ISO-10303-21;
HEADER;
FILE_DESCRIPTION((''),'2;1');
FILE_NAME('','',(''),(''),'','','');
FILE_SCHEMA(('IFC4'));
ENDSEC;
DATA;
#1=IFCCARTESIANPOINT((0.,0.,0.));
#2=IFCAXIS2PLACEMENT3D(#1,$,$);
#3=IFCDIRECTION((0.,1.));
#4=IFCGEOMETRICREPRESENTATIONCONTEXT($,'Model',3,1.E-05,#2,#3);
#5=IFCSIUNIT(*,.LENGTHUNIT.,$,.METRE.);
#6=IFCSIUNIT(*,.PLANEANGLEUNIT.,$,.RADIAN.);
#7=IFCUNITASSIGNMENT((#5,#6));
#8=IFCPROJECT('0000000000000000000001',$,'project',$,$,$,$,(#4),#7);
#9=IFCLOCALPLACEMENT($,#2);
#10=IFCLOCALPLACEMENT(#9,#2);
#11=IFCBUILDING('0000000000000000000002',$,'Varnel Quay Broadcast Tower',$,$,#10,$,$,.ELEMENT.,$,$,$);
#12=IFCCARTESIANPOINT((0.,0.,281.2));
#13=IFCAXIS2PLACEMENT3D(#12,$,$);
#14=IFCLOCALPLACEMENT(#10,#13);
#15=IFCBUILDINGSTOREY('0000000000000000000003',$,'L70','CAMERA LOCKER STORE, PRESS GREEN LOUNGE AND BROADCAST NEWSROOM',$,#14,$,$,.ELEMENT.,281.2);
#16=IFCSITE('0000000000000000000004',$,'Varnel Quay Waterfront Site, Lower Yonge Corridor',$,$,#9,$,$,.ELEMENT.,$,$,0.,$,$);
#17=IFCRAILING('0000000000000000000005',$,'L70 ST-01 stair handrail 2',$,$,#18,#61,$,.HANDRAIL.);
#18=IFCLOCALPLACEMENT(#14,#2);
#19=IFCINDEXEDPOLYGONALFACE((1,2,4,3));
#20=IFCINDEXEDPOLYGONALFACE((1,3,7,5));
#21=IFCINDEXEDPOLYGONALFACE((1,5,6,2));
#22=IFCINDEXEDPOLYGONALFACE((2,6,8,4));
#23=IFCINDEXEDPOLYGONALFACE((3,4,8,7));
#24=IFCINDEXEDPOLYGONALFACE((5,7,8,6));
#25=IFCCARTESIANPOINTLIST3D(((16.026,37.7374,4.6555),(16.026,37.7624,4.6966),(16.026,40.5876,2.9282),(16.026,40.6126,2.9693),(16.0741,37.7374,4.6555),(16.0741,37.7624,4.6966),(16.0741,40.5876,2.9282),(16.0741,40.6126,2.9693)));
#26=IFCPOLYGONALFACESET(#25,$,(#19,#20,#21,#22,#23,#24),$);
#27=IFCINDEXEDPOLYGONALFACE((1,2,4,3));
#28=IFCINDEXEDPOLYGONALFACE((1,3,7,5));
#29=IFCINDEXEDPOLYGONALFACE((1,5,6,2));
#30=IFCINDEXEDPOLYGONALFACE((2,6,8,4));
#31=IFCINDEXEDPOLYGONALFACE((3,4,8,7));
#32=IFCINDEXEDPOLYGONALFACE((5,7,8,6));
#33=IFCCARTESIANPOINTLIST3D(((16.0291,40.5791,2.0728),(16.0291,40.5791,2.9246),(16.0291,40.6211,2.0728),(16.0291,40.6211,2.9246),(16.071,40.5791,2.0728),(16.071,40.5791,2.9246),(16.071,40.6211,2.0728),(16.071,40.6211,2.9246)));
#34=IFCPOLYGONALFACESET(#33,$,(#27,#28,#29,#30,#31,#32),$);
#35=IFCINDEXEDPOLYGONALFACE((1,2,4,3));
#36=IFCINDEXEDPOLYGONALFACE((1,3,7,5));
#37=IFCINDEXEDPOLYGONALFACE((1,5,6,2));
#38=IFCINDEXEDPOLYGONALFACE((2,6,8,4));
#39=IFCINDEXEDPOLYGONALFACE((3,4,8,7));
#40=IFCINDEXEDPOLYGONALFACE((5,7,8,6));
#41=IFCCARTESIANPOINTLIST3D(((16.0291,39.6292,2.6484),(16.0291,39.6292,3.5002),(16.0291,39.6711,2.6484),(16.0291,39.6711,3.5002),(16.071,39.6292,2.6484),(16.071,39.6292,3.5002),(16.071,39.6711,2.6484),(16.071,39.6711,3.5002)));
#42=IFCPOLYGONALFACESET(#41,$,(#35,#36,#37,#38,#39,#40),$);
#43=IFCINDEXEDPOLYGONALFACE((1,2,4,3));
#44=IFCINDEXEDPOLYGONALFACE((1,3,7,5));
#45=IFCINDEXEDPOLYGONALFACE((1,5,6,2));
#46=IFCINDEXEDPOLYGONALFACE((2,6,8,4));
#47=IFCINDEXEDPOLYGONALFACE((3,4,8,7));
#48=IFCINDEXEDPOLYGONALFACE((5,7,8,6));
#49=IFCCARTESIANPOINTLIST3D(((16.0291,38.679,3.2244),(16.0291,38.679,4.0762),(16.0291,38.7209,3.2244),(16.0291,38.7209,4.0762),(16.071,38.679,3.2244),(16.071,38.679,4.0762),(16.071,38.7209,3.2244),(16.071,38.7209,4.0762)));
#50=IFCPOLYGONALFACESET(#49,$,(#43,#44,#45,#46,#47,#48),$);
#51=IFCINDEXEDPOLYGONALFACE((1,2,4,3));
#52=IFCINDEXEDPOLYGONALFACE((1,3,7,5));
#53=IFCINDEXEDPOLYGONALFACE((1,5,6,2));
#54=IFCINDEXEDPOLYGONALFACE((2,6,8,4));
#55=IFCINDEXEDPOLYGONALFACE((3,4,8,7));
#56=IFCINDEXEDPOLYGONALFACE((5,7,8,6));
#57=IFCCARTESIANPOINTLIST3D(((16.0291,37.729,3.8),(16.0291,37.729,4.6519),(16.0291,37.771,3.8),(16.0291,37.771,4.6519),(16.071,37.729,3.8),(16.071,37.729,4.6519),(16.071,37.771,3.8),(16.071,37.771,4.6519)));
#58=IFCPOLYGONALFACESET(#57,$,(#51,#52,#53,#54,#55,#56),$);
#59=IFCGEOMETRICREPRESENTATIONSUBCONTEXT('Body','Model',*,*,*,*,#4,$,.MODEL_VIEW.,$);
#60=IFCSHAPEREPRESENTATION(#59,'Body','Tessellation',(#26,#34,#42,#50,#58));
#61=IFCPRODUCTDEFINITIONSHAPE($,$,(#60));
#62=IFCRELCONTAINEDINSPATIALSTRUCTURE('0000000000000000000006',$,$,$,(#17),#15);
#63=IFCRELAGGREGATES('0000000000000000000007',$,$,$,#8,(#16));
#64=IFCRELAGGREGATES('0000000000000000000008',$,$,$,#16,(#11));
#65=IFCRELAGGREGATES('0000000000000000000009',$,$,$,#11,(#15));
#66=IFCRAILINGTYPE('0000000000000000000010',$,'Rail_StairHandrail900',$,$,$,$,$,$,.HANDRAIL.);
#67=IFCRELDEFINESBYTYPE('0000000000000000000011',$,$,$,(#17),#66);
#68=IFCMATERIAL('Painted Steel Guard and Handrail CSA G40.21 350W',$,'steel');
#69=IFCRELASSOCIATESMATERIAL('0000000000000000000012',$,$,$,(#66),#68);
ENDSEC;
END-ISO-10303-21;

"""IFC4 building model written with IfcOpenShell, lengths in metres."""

from ifc_helpers import new_model, si_unit, direction, frame, origin, origin_2d, place, context, subcontext, project, spatial, rectangle, extrude, material, type_object, element, save


model = new_model("IFC4")

# Units and contexts
model_context = context("Model", 3, precision=1e-05, world=origin(), true_north=direction((0.0, 1.0)))
body_context = subcontext(model_context, "Body", "Model", "MODEL_VIEW")
ifc_project = project(units=[si_unit("LENGTHUNIT", "METRE"), si_unit("PLANEANGLEUNIT", "RADIAN")], contexts=[model_context])

# Site, building, storey
site_placement = place(None, origin())
site = spatial("IfcSite", under=ifc_project, at=site_placement, Name="Varnel Quay Waterfront Site, Lower Yonge Corridor", CompositionType="ELEMENT", RefElevation=0.0)
building_placement = place(site_placement, origin())
building = spatial("IfcBuilding", under=site, at=building_placement, Name="Varnel Quay Broadcast Tower", CompositionType="ELEMENT")
storey_placement = place(building_placement, frame((0.0, 0.0, 281.2)))
storey = spatial("IfcBuildingStorey", under=building, at=storey_placement, Name="L70", Description="CAMERA LOCKER STORE, PRESS GREEN LOUNGE AND BROADCAST NEWSROOM", CompositionType="ELEMENT", Elevation=281.2)

# Railing
ifc_material_1 = material(Name="Painted Steel Guard and Handrail CSA G40.21 350W", Category="steel")
railing_type_1 = type_object("IfcRailingType", Name="Rail_StairHandrail900", PredefinedType="HANDRAIL", material=ifc_material_1)
railing_1_placement = place(storey_placement, frame((16.05, 40.6001, 2.0728)))
element("IfcRailing", 1, at=railing_1_placement, inside=storey, type_object=railing_type_1, Name="L70 ST-01 stair handrail 2", PredefinedType="HANDRAIL", context=body_context, shape_type="SweptSolid", body=[
    extrude(rectangle(XDim=0.0481, YDim=0.0481, at=origin_2d()), frame((0.0, 0.0, 0.876), z_axis=(0.0, -0.855203, 0.518294), x_axis=(1.0, 0.0, 0.0)), (0.0, 0.0, 1.0), 3.3328),
    extrude(rectangle(XDim=0.042, YDim=0.042, at=origin_2d()), origin(), (0.0, 0.0, 1.0), 0.8518),
    extrude(rectangle(XDim=0.042, YDim=0.042, at=origin_2d()), frame((0.0, -0.95, 0.5757)), (0.0, 0.0, 1.0), 0.8518),
    extrude(rectangle(XDim=0.042, YDim=0.042, at=origin_2d()), frame((0.0, -1.9001, 1.1516)), (0.0, 0.0, 1.0), 0.8518),
    extrude(rectangle(XDim=0.042, YDim=0.042, at=origin_2d()), frame((0.0, -2.8501, 1.7273)), (0.0, 0.0, 1.0), 0.8518),
])

save(model, "model.ifc")
